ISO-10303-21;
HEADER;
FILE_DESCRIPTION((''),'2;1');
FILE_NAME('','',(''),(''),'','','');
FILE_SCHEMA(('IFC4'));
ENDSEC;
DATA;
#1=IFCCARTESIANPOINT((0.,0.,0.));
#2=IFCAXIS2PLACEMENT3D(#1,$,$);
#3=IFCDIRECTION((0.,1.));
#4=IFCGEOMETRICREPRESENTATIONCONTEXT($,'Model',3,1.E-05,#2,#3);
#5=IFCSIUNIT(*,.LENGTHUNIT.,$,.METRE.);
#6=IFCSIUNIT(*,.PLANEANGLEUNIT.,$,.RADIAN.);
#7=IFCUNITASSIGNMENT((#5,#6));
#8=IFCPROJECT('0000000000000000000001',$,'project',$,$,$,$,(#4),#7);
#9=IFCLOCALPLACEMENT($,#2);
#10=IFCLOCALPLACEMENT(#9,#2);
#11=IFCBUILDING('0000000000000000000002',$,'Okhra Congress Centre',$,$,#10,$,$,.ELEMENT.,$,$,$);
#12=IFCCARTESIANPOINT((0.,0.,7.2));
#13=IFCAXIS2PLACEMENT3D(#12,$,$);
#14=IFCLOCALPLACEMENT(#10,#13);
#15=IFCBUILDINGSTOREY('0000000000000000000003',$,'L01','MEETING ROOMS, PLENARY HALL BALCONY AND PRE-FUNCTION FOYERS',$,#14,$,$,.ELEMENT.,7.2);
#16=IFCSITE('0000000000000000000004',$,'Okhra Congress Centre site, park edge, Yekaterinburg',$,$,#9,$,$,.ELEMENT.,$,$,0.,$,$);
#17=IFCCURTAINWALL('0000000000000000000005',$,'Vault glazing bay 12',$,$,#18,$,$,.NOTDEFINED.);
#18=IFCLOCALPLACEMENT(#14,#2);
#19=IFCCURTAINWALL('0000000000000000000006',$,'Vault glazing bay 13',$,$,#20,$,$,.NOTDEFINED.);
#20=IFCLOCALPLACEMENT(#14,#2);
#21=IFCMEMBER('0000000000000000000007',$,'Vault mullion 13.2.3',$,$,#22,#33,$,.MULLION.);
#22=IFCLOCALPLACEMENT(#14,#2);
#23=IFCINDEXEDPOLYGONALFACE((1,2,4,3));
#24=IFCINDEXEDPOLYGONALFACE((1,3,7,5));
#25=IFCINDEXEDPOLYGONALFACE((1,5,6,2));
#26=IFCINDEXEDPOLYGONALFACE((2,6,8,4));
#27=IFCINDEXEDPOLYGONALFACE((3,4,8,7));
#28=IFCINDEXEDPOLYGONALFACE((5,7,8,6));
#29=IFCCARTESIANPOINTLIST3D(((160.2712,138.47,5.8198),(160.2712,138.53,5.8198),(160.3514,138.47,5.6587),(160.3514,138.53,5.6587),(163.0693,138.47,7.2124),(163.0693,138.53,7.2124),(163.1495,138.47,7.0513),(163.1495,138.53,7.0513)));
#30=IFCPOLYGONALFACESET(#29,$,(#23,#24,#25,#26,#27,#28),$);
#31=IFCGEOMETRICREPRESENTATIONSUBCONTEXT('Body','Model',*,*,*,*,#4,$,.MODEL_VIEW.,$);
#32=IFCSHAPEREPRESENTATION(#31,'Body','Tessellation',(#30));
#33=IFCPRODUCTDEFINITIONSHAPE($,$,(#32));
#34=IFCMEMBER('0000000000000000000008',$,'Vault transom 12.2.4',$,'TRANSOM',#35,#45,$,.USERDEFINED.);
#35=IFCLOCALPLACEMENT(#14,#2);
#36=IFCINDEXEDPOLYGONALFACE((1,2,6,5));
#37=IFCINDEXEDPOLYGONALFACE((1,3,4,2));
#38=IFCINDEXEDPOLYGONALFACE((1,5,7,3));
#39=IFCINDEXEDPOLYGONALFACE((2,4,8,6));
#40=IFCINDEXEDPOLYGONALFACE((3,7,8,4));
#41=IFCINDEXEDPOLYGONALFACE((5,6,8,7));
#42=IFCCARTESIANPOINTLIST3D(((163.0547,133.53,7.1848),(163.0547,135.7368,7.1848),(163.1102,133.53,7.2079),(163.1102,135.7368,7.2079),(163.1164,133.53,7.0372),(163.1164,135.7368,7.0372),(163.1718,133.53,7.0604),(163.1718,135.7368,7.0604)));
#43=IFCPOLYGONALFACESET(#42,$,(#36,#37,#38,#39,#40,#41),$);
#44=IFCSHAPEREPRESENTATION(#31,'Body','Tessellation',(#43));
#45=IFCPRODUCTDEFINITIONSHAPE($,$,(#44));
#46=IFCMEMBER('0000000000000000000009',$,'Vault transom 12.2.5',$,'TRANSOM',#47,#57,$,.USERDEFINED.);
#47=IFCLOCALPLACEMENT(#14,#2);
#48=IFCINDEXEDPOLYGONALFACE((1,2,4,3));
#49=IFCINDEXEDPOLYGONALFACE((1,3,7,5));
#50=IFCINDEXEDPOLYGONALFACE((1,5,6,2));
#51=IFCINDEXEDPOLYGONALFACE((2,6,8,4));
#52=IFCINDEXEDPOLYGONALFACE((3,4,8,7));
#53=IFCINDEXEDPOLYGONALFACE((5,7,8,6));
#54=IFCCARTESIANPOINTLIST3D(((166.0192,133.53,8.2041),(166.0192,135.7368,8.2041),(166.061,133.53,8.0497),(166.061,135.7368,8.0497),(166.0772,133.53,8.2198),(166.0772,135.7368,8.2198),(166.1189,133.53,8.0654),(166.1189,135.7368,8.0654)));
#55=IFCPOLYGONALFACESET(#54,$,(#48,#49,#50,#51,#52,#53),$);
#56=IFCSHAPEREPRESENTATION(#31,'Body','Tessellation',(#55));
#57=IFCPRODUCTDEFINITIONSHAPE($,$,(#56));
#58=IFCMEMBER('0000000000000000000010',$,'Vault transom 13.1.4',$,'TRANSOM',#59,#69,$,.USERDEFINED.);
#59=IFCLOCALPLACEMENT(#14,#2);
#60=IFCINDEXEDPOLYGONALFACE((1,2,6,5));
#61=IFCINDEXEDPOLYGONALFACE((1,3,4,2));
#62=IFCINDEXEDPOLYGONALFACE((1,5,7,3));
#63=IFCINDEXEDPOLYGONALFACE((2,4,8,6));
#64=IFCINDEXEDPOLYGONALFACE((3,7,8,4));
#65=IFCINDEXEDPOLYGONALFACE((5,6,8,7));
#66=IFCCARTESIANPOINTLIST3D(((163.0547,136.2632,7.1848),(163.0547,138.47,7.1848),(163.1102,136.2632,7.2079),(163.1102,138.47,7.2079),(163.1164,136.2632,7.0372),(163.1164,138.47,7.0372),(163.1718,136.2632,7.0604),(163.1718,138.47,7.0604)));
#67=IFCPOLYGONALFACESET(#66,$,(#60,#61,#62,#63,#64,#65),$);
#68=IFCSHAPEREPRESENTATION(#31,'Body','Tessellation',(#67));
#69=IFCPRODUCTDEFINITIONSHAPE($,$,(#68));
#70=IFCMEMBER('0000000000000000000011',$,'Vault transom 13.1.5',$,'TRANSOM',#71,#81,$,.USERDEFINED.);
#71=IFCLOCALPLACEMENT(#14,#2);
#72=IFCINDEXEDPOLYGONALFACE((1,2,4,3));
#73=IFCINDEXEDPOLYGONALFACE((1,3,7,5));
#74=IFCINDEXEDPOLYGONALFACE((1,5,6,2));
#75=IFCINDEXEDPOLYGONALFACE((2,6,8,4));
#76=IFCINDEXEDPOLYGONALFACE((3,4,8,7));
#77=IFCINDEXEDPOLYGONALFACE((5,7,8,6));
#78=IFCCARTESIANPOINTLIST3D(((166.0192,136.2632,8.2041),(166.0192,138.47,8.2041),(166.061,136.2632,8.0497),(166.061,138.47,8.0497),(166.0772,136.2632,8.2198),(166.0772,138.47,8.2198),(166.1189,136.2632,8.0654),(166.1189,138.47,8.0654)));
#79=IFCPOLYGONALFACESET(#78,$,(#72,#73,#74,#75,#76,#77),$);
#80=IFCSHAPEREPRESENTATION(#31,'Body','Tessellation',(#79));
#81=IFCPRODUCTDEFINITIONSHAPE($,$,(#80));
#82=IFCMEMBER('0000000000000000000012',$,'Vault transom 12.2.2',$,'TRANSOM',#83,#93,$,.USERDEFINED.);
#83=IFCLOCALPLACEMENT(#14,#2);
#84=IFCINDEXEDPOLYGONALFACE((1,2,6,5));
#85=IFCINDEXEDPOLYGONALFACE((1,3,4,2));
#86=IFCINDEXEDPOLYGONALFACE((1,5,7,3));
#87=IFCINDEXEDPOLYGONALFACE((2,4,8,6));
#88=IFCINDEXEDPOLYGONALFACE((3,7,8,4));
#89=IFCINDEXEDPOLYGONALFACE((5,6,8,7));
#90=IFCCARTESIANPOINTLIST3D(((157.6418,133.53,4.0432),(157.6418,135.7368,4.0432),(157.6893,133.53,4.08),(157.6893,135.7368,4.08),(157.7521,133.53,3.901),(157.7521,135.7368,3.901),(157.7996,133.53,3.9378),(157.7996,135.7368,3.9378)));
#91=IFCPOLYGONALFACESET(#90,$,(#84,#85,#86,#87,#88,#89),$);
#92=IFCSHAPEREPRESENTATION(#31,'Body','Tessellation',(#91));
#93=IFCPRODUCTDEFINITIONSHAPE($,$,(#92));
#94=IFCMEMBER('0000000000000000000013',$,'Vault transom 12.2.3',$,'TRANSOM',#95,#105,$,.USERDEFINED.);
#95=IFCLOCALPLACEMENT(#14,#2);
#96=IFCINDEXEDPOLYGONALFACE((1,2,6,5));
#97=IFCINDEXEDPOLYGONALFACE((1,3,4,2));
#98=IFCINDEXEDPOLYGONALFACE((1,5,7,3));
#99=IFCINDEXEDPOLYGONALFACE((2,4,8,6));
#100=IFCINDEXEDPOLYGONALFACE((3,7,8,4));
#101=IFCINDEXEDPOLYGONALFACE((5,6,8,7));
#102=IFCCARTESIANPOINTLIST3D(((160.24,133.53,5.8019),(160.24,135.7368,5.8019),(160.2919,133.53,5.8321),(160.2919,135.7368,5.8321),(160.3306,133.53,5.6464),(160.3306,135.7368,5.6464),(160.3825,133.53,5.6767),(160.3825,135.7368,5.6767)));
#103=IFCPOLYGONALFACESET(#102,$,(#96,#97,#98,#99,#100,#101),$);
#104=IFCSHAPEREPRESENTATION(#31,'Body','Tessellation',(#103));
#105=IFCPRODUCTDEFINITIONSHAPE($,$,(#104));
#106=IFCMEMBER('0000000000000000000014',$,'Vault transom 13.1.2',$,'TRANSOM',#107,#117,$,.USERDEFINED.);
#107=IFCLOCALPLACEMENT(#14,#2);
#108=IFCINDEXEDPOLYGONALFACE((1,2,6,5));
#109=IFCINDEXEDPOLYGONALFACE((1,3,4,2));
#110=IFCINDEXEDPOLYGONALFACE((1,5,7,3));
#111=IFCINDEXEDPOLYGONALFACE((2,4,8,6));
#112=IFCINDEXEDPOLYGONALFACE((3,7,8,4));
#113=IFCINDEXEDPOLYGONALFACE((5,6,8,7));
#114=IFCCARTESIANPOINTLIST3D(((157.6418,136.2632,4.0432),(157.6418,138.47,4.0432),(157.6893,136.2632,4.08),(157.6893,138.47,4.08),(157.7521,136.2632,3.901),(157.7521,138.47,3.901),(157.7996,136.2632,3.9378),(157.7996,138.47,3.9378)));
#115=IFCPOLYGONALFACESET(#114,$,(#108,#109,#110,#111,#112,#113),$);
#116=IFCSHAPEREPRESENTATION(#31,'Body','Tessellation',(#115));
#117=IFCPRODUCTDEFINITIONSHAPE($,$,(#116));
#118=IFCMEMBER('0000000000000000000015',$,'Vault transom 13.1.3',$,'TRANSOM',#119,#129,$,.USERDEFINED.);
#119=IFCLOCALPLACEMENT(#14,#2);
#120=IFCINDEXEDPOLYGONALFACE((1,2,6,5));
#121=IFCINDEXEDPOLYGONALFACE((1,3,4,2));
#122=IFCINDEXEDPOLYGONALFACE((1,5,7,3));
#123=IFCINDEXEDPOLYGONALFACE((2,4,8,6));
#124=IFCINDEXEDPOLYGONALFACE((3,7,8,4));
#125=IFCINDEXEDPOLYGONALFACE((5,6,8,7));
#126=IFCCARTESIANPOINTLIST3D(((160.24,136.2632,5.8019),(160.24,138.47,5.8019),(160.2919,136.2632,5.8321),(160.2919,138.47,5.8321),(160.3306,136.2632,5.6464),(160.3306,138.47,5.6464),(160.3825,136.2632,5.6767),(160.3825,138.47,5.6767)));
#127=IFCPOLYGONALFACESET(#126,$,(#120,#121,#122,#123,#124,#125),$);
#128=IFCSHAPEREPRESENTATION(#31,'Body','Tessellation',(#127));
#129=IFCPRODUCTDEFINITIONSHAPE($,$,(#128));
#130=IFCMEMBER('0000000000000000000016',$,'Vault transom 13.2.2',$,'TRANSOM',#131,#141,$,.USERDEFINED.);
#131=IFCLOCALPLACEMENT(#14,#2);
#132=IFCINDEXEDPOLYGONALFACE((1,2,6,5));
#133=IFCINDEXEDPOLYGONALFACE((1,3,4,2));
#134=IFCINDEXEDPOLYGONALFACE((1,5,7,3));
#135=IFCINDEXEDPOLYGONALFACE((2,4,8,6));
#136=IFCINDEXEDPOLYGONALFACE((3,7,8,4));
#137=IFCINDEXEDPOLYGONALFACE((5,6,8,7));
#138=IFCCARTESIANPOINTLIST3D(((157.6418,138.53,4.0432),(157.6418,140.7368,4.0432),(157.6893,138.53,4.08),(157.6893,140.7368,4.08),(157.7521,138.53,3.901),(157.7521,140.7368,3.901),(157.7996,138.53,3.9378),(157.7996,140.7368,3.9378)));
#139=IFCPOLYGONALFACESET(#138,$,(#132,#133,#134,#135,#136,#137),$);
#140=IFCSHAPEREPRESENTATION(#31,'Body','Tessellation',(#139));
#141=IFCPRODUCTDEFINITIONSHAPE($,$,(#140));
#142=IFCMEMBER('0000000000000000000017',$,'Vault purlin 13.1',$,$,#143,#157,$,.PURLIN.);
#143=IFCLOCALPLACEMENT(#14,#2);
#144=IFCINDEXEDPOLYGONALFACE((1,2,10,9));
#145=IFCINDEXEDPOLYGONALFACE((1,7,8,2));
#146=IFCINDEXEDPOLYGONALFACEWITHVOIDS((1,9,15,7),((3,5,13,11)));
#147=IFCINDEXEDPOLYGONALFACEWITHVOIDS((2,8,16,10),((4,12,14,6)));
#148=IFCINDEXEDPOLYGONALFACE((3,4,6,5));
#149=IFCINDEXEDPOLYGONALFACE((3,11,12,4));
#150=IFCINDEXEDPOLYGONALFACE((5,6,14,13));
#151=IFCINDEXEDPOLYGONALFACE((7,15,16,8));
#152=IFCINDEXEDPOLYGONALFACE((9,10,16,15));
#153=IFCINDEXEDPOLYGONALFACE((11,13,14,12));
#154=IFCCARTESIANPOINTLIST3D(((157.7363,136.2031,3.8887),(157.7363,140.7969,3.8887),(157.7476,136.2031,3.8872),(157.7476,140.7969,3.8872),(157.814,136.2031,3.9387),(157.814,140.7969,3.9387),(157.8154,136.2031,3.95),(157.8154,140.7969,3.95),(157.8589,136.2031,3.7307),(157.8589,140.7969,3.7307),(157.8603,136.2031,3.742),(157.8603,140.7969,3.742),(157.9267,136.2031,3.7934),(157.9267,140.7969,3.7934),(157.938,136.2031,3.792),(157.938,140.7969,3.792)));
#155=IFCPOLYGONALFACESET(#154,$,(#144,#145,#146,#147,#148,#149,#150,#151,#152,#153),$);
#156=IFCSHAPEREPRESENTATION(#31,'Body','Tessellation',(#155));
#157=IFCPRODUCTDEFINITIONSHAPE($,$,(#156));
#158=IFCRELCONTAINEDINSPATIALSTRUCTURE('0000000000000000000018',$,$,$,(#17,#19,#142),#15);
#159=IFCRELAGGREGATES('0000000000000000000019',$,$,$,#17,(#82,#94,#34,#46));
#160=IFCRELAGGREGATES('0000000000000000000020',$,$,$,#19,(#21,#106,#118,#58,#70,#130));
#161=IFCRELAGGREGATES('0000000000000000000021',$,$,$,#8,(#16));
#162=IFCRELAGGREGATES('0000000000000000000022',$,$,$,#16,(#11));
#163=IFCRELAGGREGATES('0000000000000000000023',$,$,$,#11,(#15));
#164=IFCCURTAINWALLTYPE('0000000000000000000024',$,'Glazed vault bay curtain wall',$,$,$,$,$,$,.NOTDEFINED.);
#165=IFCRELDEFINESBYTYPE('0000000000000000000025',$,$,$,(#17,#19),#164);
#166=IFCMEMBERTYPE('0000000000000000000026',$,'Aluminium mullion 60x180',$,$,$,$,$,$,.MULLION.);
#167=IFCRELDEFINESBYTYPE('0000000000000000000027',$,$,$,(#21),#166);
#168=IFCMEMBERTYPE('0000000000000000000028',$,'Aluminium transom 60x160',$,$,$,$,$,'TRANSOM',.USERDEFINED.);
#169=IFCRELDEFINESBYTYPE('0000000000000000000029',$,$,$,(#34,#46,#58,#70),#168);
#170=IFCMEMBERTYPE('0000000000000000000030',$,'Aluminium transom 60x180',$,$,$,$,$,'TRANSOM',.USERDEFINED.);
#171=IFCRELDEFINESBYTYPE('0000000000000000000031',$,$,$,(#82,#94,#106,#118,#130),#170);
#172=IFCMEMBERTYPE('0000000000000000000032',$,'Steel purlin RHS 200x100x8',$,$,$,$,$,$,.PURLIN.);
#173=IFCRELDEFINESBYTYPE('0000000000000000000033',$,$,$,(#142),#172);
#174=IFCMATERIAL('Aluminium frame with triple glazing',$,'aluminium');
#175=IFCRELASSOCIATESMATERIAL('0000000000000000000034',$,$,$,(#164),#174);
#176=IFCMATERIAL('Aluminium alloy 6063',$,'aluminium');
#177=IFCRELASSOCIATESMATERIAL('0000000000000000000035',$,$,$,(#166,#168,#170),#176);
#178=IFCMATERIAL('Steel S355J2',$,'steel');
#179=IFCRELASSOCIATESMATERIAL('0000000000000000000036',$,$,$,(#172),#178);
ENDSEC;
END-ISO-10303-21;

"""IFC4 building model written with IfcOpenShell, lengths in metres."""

from ifc_helpers import new_model, si_unit, direction, frame, origin, origin_2d, place, context, subcontext, project, spatial, rectangle, hollow_rectangle, extrude, material, material_profile, profile_set, type_object, element, aggregate, save


model = new_model("IFC4")

# Units and contexts
model_context = context("Model", 3, precision=1e-05, world=origin(), true_north=direction((0.0, 1.0)))
body_context = subcontext(model_context, "Body", "Model", "MODEL_VIEW")
ifc_project = project(units=[si_unit("LENGTHUNIT", "METRE"), si_unit("PLANEANGLEUNIT", "RADIAN")], contexts=[model_context])

# Site, building, storey
site_placement = place(None, origin())
site = spatial("IfcSite", under=ifc_project, at=site_placement, Name="Okhra Congress Centre site, park edge, Yekaterinburg", CompositionType="ELEMENT", RefElevation=0.0)
building_placement = place(site_placement, origin())
building = spatial("IfcBuilding", under=site, at=building_placement, Name="Okhra Congress Centre", CompositionType="ELEMENT")
storey_placement = place(building_placement, frame((0.0, 0.0, 7.2)))
storey = spatial("IfcBuildingStorey", under=building, at=storey_placement, Name="L01", Description="MEETING ROOMS, PLENARY HALL BALCONY AND PRE-FUNCTION FOYERS", CompositionType="ELEMENT", Elevation=7.2)

# Curtain walls
ifc_material_1 = material(Name="Aluminium frame with triple glazing", Category="aluminium")
curtain_wall_type = type_object("IfcCurtainWallType", Name="Glazed vault bay curtain wall", PredefinedType="NOTDEFINED", material=ifc_material_1)
curtain_wall_1_placement = place(storey_placement, origin())
curtain_wall_1 = element("IfcCurtainWall", 1, at=curtain_wall_1_placement, inside=storey, type_object=curtain_wall_type, Name="Vault glazing bay 12", PredefinedType="NOTDEFINED")
ifc_material_2 = material(Name="Aluminium alloy 6063", Category="aluminium")
curtain_wall_2_placement = place(storey_placement, origin())
curtain_wall_2 = element("IfcCurtainWall", 2, at=curtain_wall_2_placement, inside=storey, type_object=curtain_wall_type, Name="Vault glazing bay 13", PredefinedType="NOTDEFINED")

# Members
ifc_material_profile_1 = material_profile(ifc_material_2, rectangle(XDim=0.0601, YDim=0.1799, at=origin_2d()), Name="AL 60x180")
ifc_profile_set_1 = profile_set([ifc_material_profile_1], Name="Aluminium alloy 6063")
member_type_1 = type_object("IfcMemberType", Name="Aluminium mullion 60x180", PredefinedType="MULLION", material=ifc_profile_set_1)
member_1_placement = place(storey_placement, frame((160.3113, 138.5, 5.7393), z_axis=(0.895254, 0.0, 0.445557), x_axis=(0.0, 1.0, 0.0)))
member_1 = element("IfcMember", 3, at=member_1_placement, type_object=member_type_1, Name="Vault mullion 13.2.3", PredefinedType="MULLION", context=body_context, shape_type="SweptSolid", body=[
    extrude(rectangle(XDim=0.0601, YDim=0.1799, at=origin_2d()), origin(), (0.0, 0.0, 1.0), 3.1255),
])
ifc_material_profile_2 = material_profile(ifc_material_2, rectangle(XDim=0.0601, YDim=0.1599, at=origin_2d()), Name="AL 60x160 transom")
ifc_profile_set_2 = profile_set([ifc_material_profile_2], Name="Aluminium alloy 6063")
member_type_2 = type_object("IfcMemberType", Name="Aluminium transom 60x160", ElementType="TRANSOM", PredefinedType="USERDEFINED", material=ifc_profile_set_2)
member_2_placement = place(storey_placement, frame((163.1133, 133.53, 7.1226), z_axis=(0.0, 1.0, 0.0), x_axis=(-0.922669, 0.0, -0.385593)))
member_2 = element("IfcMember", 4, at=member_2_placement, type_object=member_type_2, Name="Vault transom 12.2.4", ObjectType="TRANSOM", PredefinedType="USERDEFINED", context=body_context, shape_type="SweptSolid", body=[
    extrude(rectangle(XDim=0.0601, YDim=0.1599, at=origin_2d()), origin(), (0.0, 0.0, 1.0), 2.2068),
])
member_3_placement = place(storey_placement, frame((166.0691, 133.53, 8.1348), z_axis=(0.0, 1.0, 0.0), x_axis=(-0.96538, 0.0, -0.260848)))
member_3 = element("IfcMember", 5, at=member_3_placement, type_object=member_type_2, Name="Vault transom 12.2.5", ObjectType="TRANSOM", PredefinedType="USERDEFINED", context=body_context, shape_type="SweptSolid", body=[
    extrude(rectangle(XDim=0.0601, YDim=0.1599, at=origin_2d()), origin(), (0.0, 0.0, 1.0), 2.2068),
])
member_4_placement = place(storey_placement, frame((163.1133, 136.2632, 7.1226), z_axis=(0.0, 1.0, 0.0), x_axis=(-0.922669, 0.0, -0.385593)))
member_4 = element("IfcMember", 6, at=member_4_placement, type_object=member_type_2, Name="Vault transom 13.1.4", ObjectType="TRANSOM", PredefinedType="USERDEFINED", context=body_context, shape_type="SweptSolid", body=[
    extrude(rectangle(XDim=0.0601, YDim=0.1599, at=origin_2d()), origin(), (0.0, 0.0, 1.0), 2.2068),
])
member_5_placement = place(storey_placement, frame((166.0691, 136.2632, 8.1348), z_axis=(0.0, 1.0, 0.0), x_axis=(-0.96538, 0.0, -0.260848)))
member_5 = element("IfcMember", 7, at=member_5_placement, type_object=member_type_2, Name="Vault transom 13.1.5", ObjectType="TRANSOM", PredefinedType="USERDEFINED", context=body_context, shape_type="SweptSolid", body=[
    extrude(rectangle(XDim=0.0601, YDim=0.1599, at=origin_2d()), origin(), (0.0, 0.0, 1.0), 2.2068),
])
ifc_material_profile_3 = material_profile(ifc_material_2, rectangle(XDim=0.0601, YDim=0.1799, at=origin_2d()), Name="AL 60x180 transom")
ifc_profile_set_3 = profile_set([ifc_material_profile_3], Name="Aluminium alloy 6063")
member_type_3 = type_object("IfcMemberType", Name="Aluminium transom 60x180", ElementType="TRANSOM", PredefinedType="USERDEFINED", material=ifc_profile_set_3)
member_6_placement = place(storey_placement, frame((157.7207, 133.53, 3.9905), z_axis=(0.0, 1.0, 0.0), x_axis=(-0.790145, 0.0, -0.61292)))
member_6 = element("IfcMember", 8, at=member_6_placement, type_object=member_type_3, Name="Vault transom 12.2.2", ObjectType="TRANSOM", PredefinedType="USERDEFINED", context=body_context, shape_type="SweptSolid", body=[
    extrude(rectangle(XDim=0.0601, YDim=0.1799, at=origin_2d()), origin(), (0.0, 0.0, 1.0), 2.2068),
])
member_7_placement = place(storey_placement, frame((160.3113, 133.53, 5.7393), z_axis=(0.0, 1.0, 0.0), x_axis=(-0.863917, 0.0, -0.503634)))
member_7 = element("IfcMember", 9, at=member_7_placement, type_object=member_type_3, Name="Vault transom 12.2.3", ObjectType="TRANSOM", PredefinedType="USERDEFINED", context=body_context, shape_type="SweptSolid", body=[
    extrude(rectangle(XDim=0.0601, YDim=0.1799, at=origin_2d()), origin(), (0.0, 0.0, 1.0), 2.2068),
])
member_8_placement = place(storey_placement, frame((157.7207, 136.2632, 3.9905), z_axis=(0.0, 1.0, 0.0), x_axis=(-0.790145, 0.0, -0.61292)))
member_8 = element("IfcMember", 10, at=member_8_placement, type_object=member_type_3, Name="Vault transom 13.1.2", ObjectType="TRANSOM", PredefinedType="USERDEFINED", context=body_context, shape_type="SweptSolid", body=[
    extrude(rectangle(XDim=0.0601, YDim=0.1799, at=origin_2d()), origin(), (0.0, 0.0, 1.0), 2.2068),
])
member_9_placement = place(storey_placement, frame((160.3113, 136.2632, 5.7393), z_axis=(0.0, 1.0, 0.0), x_axis=(-0.863917, 0.0, -0.503634)))
member_9 = element("IfcMember", 11, at=member_9_placement, type_object=member_type_3, Name="Vault transom 13.1.3", ObjectType="TRANSOM", PredefinedType="USERDEFINED", context=body_context, shape_type="SweptSolid", body=[
    extrude(rectangle(XDim=0.0601, YDim=0.1799, at=origin_2d()), origin(), (0.0, 0.0, 1.0), 2.2068),
])
member_10_placement = place(storey_placement, frame((157.7207, 138.53, 3.9905), z_axis=(0.0, 1.0, 0.0), x_axis=(-0.790145, 0.0, -0.61292)))
member_10 = element("IfcMember", 12, at=member_10_placement, type_object=member_type_3, Name="Vault transom 13.2.2", ObjectType="TRANSOM", PredefinedType="USERDEFINED", context=body_context, shape_type="SweptSolid", body=[
    extrude(rectangle(XDim=0.0601, YDim=0.1799, at=origin_2d()), origin(), (0.0, 0.0, 1.0), 2.2068),
])

# Member
ifc_material_3 = material(Name="Steel S355J2", Category="steel")
ifc_material_profile_4 = material_profile(ifc_material_3, hollow_rectangle(XDim=0.1001, YDim=0.2, WallThickness=0.0081, at=origin_2d()), Name="RHS 200x100x8")
ifc_profile_set_4 = profile_set([ifc_material_profile_4], Name="Steel S355J2")
member_type_4 = type_object("IfcMemberType", Name="Steel purlin RHS 200x100x8", PredefinedType="PURLIN", material=ifc_profile_set_4)
member_11_placement = place(storey_placement, frame((157.8372, 136.2031, 3.8403), z_axis=(0.0, 1.0, 0.0), x_axis=(-0.790145, 0.0, -0.61292)))
element("IfcMember", 13, at=member_11_placement, inside=storey, type_object=member_type_4, Name="Vault purlin 13.1", PredefinedType="PURLIN", context=body_context, shape_type="SweptSolid", body=[
    extrude(hollow_rectangle(XDim=0.1001, YDim=0.2, WallThickness=0.0081, at=origin_2d()), origin(), (0.0, 0.0, 1.0), 4.5938),
])

aggregate(curtain_wall_1, [member_6, member_7, member_2, member_3])
aggregate(curtain_wall_2, [member_1, member_8, member_9, member_4, member_5, member_10])

save(model, "model.ifc")
